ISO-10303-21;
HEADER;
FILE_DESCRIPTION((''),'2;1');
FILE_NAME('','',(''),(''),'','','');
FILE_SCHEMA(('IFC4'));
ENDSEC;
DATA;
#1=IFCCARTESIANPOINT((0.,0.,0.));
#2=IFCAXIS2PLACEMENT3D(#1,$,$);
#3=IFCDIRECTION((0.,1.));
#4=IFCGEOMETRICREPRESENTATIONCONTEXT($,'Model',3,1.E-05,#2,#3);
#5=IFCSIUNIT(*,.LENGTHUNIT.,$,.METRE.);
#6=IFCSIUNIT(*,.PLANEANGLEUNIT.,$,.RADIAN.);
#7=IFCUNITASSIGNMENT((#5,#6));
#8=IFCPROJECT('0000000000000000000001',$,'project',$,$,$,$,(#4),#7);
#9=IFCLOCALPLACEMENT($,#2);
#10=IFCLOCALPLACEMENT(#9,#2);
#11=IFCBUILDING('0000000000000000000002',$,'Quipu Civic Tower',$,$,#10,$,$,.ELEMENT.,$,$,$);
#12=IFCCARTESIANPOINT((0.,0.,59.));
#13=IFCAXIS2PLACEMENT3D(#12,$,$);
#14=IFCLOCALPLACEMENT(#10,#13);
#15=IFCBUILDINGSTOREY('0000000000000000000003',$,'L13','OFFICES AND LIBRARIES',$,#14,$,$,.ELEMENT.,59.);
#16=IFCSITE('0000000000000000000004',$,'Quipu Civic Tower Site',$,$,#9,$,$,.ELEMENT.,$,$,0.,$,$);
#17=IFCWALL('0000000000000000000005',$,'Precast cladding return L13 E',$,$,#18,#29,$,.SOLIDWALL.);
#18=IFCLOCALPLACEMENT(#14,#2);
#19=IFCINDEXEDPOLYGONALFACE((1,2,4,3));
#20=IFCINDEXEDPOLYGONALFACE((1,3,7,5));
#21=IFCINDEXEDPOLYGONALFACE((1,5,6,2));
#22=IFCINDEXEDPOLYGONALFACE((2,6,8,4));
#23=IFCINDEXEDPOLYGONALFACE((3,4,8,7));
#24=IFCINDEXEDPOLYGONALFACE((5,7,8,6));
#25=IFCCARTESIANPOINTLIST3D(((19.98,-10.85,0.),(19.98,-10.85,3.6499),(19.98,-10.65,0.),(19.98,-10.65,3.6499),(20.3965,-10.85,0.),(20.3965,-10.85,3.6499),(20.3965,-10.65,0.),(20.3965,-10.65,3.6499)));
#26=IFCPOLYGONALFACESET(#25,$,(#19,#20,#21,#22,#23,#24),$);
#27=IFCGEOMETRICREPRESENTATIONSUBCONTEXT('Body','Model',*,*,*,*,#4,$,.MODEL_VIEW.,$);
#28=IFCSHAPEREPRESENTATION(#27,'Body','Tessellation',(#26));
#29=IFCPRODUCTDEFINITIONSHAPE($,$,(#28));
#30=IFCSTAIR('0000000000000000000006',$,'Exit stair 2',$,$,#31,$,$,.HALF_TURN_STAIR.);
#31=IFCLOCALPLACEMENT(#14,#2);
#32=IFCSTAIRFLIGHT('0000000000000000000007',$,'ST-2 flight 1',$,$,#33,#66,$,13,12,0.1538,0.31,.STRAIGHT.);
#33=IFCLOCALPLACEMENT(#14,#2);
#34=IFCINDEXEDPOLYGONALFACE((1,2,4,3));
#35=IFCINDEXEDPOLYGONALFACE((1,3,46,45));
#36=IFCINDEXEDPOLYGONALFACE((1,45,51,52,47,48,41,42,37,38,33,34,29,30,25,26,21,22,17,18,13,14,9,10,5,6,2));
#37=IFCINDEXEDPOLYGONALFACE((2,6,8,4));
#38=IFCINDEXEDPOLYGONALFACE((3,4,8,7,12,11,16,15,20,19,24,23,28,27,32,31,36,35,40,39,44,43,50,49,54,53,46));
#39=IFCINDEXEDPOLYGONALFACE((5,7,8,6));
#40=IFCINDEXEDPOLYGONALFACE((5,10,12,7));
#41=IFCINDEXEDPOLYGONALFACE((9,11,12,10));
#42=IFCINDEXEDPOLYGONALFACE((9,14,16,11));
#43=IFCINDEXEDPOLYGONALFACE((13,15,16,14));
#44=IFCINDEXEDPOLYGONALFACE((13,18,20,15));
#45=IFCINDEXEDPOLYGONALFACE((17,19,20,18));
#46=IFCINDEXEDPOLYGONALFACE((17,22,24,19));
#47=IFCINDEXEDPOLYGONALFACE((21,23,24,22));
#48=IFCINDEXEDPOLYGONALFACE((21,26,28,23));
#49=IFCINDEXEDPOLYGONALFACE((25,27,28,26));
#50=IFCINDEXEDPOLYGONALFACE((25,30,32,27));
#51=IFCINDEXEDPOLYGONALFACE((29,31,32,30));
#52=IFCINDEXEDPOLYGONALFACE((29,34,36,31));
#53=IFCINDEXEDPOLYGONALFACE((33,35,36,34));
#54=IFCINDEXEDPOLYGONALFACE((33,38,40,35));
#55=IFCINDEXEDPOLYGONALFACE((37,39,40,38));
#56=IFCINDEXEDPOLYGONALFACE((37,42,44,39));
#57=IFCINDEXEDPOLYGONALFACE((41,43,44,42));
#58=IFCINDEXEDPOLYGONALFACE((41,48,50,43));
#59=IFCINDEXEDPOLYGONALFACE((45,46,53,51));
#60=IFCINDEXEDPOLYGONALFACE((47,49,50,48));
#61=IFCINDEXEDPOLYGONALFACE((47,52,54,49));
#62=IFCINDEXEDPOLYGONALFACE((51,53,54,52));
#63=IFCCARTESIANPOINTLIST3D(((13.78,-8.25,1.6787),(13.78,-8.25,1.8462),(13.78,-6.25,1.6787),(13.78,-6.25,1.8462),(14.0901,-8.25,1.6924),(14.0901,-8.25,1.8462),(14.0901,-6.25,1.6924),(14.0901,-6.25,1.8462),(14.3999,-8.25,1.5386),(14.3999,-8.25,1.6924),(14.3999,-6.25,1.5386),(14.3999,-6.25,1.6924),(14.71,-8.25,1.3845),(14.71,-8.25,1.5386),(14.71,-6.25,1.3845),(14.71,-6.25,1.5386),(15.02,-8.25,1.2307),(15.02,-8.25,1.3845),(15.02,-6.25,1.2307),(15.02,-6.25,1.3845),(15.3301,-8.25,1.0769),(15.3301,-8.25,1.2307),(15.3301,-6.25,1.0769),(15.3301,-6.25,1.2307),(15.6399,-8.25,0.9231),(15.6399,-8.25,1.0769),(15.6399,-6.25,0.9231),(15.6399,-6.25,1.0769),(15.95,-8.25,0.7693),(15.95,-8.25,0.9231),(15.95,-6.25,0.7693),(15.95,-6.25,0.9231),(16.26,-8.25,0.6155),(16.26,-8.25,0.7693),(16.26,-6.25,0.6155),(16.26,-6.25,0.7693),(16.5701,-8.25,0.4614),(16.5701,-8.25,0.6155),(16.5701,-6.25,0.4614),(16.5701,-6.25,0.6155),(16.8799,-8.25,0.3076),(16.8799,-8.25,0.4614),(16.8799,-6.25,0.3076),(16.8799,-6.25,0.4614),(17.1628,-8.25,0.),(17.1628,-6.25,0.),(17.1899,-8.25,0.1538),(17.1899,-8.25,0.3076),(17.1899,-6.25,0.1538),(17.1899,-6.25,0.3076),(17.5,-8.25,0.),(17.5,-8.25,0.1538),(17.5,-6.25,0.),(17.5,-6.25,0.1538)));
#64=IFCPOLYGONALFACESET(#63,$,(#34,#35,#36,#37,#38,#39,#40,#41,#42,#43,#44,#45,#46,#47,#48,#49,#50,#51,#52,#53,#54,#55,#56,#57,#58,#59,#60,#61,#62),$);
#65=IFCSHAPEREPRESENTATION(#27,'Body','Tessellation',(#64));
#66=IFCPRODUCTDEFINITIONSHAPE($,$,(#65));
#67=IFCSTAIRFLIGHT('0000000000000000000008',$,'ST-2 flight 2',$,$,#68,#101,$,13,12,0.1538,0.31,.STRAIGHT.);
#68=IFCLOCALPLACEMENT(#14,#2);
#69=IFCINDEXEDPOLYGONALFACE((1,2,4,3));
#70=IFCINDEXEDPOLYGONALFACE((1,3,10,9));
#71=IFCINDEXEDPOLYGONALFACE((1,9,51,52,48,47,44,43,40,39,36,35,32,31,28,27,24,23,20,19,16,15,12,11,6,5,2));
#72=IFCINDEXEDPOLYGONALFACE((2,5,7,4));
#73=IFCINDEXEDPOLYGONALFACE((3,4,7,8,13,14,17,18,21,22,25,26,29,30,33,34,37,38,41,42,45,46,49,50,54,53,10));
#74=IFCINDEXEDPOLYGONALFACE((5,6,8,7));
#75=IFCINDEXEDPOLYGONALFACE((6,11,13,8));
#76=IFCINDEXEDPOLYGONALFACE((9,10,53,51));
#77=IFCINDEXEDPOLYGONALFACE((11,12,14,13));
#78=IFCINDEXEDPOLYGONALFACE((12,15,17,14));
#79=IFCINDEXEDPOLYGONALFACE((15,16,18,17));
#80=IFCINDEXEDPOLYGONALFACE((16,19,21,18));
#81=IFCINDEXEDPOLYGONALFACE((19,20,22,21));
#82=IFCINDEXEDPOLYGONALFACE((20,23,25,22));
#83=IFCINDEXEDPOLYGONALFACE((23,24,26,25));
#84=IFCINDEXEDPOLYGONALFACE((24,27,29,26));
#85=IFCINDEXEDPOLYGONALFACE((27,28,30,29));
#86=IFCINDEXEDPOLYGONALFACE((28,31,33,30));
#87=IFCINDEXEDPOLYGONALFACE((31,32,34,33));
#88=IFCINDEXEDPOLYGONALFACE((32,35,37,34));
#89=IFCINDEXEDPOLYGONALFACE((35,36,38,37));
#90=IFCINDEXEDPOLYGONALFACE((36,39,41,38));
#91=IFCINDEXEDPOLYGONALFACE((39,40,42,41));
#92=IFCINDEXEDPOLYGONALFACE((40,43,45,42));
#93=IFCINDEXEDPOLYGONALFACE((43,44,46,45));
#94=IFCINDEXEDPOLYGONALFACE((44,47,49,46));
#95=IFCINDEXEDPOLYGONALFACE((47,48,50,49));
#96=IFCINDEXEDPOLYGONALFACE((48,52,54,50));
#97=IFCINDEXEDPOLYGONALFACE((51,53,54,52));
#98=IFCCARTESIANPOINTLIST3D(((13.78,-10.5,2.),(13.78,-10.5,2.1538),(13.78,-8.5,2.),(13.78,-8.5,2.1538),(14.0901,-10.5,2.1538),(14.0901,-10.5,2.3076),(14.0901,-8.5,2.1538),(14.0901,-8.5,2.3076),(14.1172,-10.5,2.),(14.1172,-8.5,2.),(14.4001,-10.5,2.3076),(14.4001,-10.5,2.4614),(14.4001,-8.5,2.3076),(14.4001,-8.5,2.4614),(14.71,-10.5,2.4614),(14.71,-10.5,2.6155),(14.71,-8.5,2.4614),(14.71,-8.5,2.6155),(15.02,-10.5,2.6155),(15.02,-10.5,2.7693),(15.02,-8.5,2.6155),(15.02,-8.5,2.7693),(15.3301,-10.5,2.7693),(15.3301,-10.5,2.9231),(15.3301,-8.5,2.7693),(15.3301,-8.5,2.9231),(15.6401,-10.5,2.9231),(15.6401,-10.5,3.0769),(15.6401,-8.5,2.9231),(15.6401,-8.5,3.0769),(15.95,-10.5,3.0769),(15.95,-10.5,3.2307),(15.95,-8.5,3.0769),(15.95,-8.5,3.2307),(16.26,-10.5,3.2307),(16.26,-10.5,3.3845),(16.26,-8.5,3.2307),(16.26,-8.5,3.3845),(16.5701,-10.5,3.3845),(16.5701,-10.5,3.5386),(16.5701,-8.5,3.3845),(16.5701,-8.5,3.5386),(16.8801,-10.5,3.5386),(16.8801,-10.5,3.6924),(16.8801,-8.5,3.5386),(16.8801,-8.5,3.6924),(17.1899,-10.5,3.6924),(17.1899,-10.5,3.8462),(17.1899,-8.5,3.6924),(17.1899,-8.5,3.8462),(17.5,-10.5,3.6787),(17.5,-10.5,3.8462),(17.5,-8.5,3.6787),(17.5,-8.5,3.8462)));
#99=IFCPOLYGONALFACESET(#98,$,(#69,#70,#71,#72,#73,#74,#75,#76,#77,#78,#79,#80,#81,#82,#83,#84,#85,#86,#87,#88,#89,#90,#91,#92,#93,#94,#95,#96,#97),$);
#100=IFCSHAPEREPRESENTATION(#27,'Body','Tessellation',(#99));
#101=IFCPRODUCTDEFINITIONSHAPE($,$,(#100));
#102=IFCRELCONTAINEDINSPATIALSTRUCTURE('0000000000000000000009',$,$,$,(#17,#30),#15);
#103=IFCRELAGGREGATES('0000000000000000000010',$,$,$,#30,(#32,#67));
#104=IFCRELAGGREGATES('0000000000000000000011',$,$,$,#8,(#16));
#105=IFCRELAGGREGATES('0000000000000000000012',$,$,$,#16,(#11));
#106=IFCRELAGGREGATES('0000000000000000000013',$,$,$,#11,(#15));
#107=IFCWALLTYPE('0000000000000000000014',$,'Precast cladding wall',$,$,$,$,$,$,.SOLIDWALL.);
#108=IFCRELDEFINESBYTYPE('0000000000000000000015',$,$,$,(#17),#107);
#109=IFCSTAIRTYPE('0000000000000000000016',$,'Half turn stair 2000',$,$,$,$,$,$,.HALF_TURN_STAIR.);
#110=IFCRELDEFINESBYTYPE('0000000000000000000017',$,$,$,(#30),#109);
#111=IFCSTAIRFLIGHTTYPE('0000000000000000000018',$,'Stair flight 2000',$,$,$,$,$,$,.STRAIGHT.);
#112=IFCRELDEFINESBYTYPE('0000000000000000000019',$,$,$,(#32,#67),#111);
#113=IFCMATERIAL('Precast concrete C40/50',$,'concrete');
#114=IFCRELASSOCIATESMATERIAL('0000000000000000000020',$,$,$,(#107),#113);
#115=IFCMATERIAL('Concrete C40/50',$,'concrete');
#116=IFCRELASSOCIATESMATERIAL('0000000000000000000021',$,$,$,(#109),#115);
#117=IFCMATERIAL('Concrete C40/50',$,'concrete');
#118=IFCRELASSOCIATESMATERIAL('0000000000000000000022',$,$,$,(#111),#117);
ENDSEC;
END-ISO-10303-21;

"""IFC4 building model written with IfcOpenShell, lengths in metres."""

from ifc_helpers import new_model, si_unit, direction, frame, frame_2d, origin, place, context, subcontext, project, spatial, polyline, rectangle, outline, extrude, material, type_object, element, aggregate, save


model = new_model("IFC4")

# Units and contexts
model_context = context("Model", 3, precision=1e-05, world=origin(), true_north=direction((0.0, 1.0)))
body_context = subcontext(model_context, "Body", "Model", "MODEL_VIEW")
ifc_project = project(units=[si_unit("LENGTHUNIT", "METRE"), si_unit("PLANEANGLEUNIT", "RADIAN")], contexts=[model_context])

# Site, building, storey
site_placement = place(None, origin())
site = spatial("IfcSite", under=ifc_project, at=site_placement, Name="Quipu Civic Tower Site", CompositionType="ELEMENT", RefElevation=0.0)
building_placement = place(site_placement, origin())
building = spatial("IfcBuilding", under=site, at=building_placement, Name="Quipu Civic Tower", CompositionType="ELEMENT")
storey_placement = place(building_placement, frame((0.0, 0.0, 59.0)))
storey = spatial("IfcBuildingStorey", under=building, at=storey_placement, Name="L13", Description="OFFICES AND LIBRARIES", CompositionType="ELEMENT", Elevation=59.0)

# Wall
ifc_material_1 = material(Name="Precast concrete C40/50", Category="concrete")
wall_type_1 = type_object("IfcWallType", Name="Precast cladding wall", PredefinedType="SOLIDWALL", material=ifc_material_1)
wall_1_placement = place(storey_placement, frame((19.98, -10.75, 0.0), z_axis=(0.0, 0.0, 1.0), x_axis=(1.0, 0.0, 0.0)))
element("IfcWall", 1, at=wall_1_placement, inside=storey, type_object=wall_type_1, Name="Precast cladding return L13 E", PredefinedType="SOLIDWALL", context=body_context, shape_type="SweptSolid", body=[
    extrude(rectangle(XDim=0.4165, YDim=0.2, at=frame_2d((0.2083, 0.0))), origin(), (0.0, 0.0, 1.0), 3.6499),
])

# Stair, stair flights
ifc_material_2 = material(Name="Concrete C40/50", Category="concrete")
stair_type = type_object("IfcStairType", Name="Half turn stair 2000", PredefinedType="HALF_TURN_STAIR", material=ifc_material_2)
stair_placement = place(storey_placement, origin())
stair = element("IfcStair", 2, at=stair_placement, inside=storey, type_object=stair_type, Name="Exit stair 2", PredefinedType="HALF_TURN_STAIR")
ifc_material_3 = material(Name="Concrete C40/50", Category="concrete")
stair_flight_type = type_object("IfcStairFlightType", Name="Stair flight 2000", PredefinedType="STRAIGHT", material=ifc_material_3)
stair_flight_1_placement = place(storey_placement, frame((17.5, -7.25, 0.0), z_axis=(0.0, 0.0, 1.0), x_axis=(-1.0, 0.0, 0.0)))
stair_flight_1 = element("IfcStairFlight", 3, at=stair_flight_1_placement, type_object=stair_flight_type, Name="ST-2 flight 1", NumberOfRisers=13, NumberOfTreads=12, PredefinedType="STRAIGHT", RiserHeight=0.1538, TreadLength=0.31, context=body_context, shape_type="SweptSolid", body=[
    extrude(outline(polyline([(0.0, 0.0), (0.0, 0.1538), (0.3101, 0.1538), (0.3101, 0.3076), (0.6201, 0.3076), (0.6201, 0.4614), (0.9299, 0.4614), (0.9299, 0.6155), (1.24, 0.6155), (1.24, 0.7693), (1.55, 0.7693), (1.55, 0.9231), (1.8601, 0.9231), (1.8601, 1.0769), (2.1699, 1.0769), (2.1699, 1.2307), (2.48, 1.2307), (2.48, 1.3845), (2.79, 1.3845), (2.79, 1.5386), (3.1001, 1.5386), (3.1001, 1.6924), (3.4099, 1.6924), (3.4099, 1.8462), (3.72, 1.8462), (3.72, 2.0), (3.72, 1.6787), (0.3372, 0.0), (0.0, 0.0)])), frame((0.0, 1.0, 0.0), z_axis=(0.0, -1.0, 0.0), x_axis=(1.0, 0.0, 0.0)), (0.0, 0.0, 1.0), 2.0),
])
stair_flight_2_placement = place(storey_placement, frame((13.78, -9.5, 2.0), z_axis=(0.0, 0.0, 1.0), x_axis=(1.0, 0.0, 0.0)))
stair_flight_2 = element("IfcStairFlight", 4, at=stair_flight_2_placement, type_object=stair_flight_type, Name="ST-2 flight 2", NumberOfRisers=13, NumberOfTreads=12, PredefinedType="STRAIGHT", RiserHeight=0.1538, TreadLength=0.31, context=body_context, shape_type="SweptSolid", body=[
    extrude(outline(polyline([(0.0, 0.0), (0.0, 0.1538), (0.3101, 0.1538), (0.3101, 0.3076), (0.6201, 0.3076), (0.6201, 0.4614), (0.9299, 0.4614), (0.9299, 0.6155), (1.24, 0.6155), (1.24, 0.7693), (1.55, 0.7693), (1.55, 0.9231), (1.8601, 0.9231), (1.8601, 1.0769), (2.1699, 1.0769), (2.1699, 1.2307), (2.48, 1.2307), (2.48, 1.3845), (2.79, 1.3845), (2.79, 1.5386), (3.1001, 1.5386), (3.1001, 1.6924), (3.4099, 1.6924), (3.4099, 1.8462), (3.72, 1.8462), (3.72, 2.0), (3.72, 1.6787), (0.3372, 0.0), (0.0, 0.0)])), frame((0.0, 1.0, 0.0), z_axis=(0.0, -1.0, 0.0), x_axis=(1.0, 0.0, 0.0)), (0.0, 0.0, 1.0), 2.0),
])
aggregate(stair, [stair_flight_1, stair_flight_2])

save(model, "model.ifc")
